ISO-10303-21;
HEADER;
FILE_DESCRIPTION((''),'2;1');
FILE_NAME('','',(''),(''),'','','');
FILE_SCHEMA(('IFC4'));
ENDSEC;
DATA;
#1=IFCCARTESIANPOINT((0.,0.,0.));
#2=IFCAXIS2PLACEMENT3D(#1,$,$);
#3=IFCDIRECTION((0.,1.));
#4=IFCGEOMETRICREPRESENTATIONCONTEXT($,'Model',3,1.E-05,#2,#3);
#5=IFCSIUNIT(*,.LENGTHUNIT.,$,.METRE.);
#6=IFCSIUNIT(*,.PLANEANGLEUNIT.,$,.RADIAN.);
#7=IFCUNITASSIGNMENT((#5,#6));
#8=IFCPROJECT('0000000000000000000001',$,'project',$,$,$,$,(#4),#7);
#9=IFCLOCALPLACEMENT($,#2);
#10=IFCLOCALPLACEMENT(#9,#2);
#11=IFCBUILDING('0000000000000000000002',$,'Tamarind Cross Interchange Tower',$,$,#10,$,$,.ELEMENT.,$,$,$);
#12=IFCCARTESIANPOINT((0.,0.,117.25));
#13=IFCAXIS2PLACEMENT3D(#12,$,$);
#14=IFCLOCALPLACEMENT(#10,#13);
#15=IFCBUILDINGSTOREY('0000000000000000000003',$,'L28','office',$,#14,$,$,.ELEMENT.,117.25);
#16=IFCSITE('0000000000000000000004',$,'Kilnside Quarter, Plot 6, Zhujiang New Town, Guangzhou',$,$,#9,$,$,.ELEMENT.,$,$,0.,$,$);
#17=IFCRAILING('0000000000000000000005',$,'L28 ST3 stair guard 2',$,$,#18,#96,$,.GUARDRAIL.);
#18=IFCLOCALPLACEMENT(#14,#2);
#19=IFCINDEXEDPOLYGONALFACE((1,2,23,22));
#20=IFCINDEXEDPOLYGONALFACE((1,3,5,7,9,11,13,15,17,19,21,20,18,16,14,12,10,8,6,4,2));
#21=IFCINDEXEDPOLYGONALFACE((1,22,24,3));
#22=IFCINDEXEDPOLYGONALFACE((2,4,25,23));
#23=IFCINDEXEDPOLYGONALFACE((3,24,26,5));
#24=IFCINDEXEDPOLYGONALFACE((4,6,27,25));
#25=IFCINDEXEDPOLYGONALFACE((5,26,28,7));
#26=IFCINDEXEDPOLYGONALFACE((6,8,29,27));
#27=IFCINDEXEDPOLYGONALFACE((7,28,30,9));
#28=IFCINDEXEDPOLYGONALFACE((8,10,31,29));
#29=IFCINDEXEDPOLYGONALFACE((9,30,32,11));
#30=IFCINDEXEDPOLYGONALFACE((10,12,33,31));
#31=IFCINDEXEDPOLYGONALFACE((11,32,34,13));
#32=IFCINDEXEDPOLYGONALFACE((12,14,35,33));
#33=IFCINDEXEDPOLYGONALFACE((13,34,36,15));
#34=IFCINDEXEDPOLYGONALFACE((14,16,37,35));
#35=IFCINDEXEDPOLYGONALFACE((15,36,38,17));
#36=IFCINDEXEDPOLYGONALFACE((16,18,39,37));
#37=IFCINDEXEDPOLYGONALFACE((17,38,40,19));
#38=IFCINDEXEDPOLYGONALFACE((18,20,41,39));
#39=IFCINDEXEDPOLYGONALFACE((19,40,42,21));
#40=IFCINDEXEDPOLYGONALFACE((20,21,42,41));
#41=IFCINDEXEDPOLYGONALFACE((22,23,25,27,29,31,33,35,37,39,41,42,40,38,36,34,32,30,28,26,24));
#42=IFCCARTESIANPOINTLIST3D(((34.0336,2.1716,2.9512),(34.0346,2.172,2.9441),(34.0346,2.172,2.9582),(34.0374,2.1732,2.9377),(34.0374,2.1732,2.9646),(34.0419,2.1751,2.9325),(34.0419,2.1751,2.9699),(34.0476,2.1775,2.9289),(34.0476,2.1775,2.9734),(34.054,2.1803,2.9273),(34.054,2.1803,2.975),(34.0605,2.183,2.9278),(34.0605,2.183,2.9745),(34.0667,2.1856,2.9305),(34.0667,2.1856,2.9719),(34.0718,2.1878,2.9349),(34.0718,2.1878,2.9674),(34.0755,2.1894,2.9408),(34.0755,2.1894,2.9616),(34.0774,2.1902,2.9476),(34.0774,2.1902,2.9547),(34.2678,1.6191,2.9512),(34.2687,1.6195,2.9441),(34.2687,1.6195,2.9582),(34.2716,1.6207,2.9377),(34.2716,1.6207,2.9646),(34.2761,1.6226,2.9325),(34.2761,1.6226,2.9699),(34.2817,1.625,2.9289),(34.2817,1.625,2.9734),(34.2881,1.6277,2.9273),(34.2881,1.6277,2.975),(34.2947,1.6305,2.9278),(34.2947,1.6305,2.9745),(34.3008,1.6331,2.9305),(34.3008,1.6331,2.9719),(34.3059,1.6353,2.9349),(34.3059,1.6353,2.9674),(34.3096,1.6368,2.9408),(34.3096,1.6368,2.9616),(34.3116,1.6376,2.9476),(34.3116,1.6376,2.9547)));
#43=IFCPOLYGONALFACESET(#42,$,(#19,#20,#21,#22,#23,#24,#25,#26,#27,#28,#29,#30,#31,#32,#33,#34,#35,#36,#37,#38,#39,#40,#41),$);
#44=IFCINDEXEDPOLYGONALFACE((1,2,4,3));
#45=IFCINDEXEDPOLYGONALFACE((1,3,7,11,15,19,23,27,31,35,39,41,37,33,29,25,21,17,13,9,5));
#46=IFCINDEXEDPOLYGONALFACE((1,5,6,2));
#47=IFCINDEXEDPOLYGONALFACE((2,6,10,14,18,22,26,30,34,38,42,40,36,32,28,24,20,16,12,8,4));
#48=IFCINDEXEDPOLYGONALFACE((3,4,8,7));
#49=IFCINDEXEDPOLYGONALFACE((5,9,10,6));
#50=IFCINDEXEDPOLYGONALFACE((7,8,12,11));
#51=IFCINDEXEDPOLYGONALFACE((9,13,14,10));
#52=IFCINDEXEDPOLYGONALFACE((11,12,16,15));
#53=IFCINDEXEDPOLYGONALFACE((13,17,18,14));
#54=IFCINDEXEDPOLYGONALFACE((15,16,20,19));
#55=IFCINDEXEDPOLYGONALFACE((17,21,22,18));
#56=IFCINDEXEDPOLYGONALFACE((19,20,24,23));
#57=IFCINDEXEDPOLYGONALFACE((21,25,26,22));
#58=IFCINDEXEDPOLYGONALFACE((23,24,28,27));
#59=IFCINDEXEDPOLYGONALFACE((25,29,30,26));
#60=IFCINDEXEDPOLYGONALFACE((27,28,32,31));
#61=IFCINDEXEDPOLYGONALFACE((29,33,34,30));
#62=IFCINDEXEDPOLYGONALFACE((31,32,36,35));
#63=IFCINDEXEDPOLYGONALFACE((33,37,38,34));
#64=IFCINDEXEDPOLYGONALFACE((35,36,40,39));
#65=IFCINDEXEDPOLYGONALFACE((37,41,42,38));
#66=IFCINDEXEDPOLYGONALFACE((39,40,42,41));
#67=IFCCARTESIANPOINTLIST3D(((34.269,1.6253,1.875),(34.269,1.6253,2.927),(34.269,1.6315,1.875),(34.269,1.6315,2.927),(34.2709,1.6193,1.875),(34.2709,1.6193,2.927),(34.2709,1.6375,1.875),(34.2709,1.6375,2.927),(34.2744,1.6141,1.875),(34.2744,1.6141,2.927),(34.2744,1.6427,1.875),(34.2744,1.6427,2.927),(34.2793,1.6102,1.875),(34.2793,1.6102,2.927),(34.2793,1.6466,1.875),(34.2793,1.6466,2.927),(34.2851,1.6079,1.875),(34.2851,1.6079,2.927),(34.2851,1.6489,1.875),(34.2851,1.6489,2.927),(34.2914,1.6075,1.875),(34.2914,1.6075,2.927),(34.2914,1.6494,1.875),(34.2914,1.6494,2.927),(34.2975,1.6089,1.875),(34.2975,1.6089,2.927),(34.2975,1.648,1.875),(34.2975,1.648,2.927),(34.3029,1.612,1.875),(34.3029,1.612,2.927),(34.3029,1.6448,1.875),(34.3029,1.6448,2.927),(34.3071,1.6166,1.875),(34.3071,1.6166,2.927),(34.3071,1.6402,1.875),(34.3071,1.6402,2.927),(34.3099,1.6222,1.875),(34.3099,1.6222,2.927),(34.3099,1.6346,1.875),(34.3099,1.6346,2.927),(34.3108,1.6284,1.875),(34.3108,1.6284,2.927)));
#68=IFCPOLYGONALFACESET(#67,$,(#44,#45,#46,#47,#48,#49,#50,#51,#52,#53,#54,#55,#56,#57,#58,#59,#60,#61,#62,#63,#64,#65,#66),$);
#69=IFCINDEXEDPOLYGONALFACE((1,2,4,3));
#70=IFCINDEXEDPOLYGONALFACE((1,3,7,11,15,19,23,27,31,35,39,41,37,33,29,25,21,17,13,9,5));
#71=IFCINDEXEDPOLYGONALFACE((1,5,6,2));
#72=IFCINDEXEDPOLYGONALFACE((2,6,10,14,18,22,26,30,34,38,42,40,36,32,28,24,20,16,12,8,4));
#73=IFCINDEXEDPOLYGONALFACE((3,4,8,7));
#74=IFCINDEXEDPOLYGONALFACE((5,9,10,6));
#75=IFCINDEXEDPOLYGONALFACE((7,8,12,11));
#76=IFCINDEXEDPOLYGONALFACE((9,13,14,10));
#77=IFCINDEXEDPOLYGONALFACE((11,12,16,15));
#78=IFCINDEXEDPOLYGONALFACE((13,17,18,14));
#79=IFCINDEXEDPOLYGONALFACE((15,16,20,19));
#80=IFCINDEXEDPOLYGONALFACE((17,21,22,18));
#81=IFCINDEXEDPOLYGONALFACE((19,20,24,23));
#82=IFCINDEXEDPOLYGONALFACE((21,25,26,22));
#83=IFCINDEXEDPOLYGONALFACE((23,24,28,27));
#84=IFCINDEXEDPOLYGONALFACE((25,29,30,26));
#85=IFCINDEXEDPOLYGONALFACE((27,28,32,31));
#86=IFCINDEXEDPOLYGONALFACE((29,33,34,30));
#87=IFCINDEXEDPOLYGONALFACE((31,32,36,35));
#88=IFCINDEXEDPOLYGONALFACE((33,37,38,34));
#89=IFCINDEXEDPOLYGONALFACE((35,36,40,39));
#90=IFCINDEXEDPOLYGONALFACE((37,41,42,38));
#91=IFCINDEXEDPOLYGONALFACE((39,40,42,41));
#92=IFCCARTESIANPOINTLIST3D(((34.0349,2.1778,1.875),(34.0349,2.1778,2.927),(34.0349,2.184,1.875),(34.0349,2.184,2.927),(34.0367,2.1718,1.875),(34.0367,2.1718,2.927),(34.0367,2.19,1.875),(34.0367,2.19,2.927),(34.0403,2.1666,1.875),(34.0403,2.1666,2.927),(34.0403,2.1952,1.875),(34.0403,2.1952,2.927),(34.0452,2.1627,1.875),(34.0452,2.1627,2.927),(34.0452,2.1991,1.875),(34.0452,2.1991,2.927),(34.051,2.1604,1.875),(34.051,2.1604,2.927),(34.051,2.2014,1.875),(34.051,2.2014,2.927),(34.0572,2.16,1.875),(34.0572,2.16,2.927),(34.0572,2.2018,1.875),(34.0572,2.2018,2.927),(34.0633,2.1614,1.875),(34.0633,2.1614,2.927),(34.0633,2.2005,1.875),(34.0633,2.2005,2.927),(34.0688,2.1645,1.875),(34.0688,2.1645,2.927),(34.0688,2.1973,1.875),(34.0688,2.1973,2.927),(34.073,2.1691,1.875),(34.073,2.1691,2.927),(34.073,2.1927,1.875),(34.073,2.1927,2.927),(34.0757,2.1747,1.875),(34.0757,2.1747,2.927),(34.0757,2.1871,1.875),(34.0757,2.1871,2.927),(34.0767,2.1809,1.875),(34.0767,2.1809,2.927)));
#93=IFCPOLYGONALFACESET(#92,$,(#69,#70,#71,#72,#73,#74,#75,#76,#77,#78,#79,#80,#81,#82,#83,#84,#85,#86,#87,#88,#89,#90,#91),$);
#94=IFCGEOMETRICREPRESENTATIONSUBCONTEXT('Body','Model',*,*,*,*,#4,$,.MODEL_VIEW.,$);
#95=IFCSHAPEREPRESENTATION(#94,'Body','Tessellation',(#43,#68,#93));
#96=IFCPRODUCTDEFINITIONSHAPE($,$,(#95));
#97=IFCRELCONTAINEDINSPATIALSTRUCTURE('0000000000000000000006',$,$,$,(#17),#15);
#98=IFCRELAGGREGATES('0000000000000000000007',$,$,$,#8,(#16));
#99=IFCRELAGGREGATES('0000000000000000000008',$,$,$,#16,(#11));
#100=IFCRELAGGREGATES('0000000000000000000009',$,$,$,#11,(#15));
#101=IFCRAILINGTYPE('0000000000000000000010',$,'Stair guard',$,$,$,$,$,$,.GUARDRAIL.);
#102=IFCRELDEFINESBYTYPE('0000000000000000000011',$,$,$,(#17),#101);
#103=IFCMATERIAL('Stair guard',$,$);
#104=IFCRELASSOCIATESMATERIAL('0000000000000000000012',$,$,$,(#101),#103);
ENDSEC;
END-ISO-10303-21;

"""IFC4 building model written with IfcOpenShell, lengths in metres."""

from ifc_helpers import new_model, si_unit, direction, frame, origin, origin_2d, place, context, subcontext, project, spatial, circle, extrude, material, type_object, element, save


model = new_model("IFC4")

# Units and contexts
model_context = context("Model", 3, precision=1e-05, world=origin(), true_north=direction((0.0, 1.0)))
body_context = subcontext(model_context, "Body", "Model", "MODEL_VIEW")
ifc_project = project(units=[si_unit("LENGTHUNIT", "METRE"), si_unit("PLANEANGLEUNIT", "RADIAN")], contexts=[model_context])

# Site, building, storey
site_placement = place(None, origin())
site = spatial("IfcSite", under=ifc_project, at=site_placement, Name="Kilnside Quarter, Plot 6, Zhujiang New Town, Guangzhou", CompositionType="ELEMENT", RefElevation=0.0)
building_placement = place(site_placement, origin())
building = spatial("IfcBuilding", under=site, at=building_placement, Name="Tamarind Cross Interchange Tower", CompositionType="ELEMENT")
storey_placement = place(building_placement, frame((0.0, 0.0, 117.25)))
storey = spatial("IfcBuildingStorey", under=building, at=storey_placement, Name="L28", Description="office", CompositionType="ELEMENT", Elevation=117.25)

# Railing
ifc_material_1 = material(Name="Stair guard")
railing_type_1 = type_object("IfcRailingType", Name="Stair guard", PredefinedType="GUARDRAIL", material=ifc_material_1)
railing_1_placement = place(storey_placement, frame((34.2898, 1.6284, 1.875)))
element("IfcRailing", 1, at=railing_1_placement, inside=storey, type_object=railing_type_1, Name="L28 ST3 stair guard 2", PredefinedType="GUARDRAIL", context=body_context, shape_type="SweptSolid", body=[
    extrude(circle(Radius=0.0239, at=origin_2d()), frame((0.0, 0.0, 1.0762), z_axis=(-0.390184, 0.920737, 0.0), x_axis=(-0.920737, -0.390184, 0.0)), (0.0, 0.0, 1.0), 0.6001),
    extrude(circle(Radius=0.021, at=origin_2d()), origin(), (0.0, 0.0, 1.0), 1.052),
    extrude(circle(Radius=0.021, at=origin_2d()), frame((-0.2341, 0.5525, 0.0)), (0.0, 0.0, 1.0), 1.052),
])

save(model, "model.ifc")
